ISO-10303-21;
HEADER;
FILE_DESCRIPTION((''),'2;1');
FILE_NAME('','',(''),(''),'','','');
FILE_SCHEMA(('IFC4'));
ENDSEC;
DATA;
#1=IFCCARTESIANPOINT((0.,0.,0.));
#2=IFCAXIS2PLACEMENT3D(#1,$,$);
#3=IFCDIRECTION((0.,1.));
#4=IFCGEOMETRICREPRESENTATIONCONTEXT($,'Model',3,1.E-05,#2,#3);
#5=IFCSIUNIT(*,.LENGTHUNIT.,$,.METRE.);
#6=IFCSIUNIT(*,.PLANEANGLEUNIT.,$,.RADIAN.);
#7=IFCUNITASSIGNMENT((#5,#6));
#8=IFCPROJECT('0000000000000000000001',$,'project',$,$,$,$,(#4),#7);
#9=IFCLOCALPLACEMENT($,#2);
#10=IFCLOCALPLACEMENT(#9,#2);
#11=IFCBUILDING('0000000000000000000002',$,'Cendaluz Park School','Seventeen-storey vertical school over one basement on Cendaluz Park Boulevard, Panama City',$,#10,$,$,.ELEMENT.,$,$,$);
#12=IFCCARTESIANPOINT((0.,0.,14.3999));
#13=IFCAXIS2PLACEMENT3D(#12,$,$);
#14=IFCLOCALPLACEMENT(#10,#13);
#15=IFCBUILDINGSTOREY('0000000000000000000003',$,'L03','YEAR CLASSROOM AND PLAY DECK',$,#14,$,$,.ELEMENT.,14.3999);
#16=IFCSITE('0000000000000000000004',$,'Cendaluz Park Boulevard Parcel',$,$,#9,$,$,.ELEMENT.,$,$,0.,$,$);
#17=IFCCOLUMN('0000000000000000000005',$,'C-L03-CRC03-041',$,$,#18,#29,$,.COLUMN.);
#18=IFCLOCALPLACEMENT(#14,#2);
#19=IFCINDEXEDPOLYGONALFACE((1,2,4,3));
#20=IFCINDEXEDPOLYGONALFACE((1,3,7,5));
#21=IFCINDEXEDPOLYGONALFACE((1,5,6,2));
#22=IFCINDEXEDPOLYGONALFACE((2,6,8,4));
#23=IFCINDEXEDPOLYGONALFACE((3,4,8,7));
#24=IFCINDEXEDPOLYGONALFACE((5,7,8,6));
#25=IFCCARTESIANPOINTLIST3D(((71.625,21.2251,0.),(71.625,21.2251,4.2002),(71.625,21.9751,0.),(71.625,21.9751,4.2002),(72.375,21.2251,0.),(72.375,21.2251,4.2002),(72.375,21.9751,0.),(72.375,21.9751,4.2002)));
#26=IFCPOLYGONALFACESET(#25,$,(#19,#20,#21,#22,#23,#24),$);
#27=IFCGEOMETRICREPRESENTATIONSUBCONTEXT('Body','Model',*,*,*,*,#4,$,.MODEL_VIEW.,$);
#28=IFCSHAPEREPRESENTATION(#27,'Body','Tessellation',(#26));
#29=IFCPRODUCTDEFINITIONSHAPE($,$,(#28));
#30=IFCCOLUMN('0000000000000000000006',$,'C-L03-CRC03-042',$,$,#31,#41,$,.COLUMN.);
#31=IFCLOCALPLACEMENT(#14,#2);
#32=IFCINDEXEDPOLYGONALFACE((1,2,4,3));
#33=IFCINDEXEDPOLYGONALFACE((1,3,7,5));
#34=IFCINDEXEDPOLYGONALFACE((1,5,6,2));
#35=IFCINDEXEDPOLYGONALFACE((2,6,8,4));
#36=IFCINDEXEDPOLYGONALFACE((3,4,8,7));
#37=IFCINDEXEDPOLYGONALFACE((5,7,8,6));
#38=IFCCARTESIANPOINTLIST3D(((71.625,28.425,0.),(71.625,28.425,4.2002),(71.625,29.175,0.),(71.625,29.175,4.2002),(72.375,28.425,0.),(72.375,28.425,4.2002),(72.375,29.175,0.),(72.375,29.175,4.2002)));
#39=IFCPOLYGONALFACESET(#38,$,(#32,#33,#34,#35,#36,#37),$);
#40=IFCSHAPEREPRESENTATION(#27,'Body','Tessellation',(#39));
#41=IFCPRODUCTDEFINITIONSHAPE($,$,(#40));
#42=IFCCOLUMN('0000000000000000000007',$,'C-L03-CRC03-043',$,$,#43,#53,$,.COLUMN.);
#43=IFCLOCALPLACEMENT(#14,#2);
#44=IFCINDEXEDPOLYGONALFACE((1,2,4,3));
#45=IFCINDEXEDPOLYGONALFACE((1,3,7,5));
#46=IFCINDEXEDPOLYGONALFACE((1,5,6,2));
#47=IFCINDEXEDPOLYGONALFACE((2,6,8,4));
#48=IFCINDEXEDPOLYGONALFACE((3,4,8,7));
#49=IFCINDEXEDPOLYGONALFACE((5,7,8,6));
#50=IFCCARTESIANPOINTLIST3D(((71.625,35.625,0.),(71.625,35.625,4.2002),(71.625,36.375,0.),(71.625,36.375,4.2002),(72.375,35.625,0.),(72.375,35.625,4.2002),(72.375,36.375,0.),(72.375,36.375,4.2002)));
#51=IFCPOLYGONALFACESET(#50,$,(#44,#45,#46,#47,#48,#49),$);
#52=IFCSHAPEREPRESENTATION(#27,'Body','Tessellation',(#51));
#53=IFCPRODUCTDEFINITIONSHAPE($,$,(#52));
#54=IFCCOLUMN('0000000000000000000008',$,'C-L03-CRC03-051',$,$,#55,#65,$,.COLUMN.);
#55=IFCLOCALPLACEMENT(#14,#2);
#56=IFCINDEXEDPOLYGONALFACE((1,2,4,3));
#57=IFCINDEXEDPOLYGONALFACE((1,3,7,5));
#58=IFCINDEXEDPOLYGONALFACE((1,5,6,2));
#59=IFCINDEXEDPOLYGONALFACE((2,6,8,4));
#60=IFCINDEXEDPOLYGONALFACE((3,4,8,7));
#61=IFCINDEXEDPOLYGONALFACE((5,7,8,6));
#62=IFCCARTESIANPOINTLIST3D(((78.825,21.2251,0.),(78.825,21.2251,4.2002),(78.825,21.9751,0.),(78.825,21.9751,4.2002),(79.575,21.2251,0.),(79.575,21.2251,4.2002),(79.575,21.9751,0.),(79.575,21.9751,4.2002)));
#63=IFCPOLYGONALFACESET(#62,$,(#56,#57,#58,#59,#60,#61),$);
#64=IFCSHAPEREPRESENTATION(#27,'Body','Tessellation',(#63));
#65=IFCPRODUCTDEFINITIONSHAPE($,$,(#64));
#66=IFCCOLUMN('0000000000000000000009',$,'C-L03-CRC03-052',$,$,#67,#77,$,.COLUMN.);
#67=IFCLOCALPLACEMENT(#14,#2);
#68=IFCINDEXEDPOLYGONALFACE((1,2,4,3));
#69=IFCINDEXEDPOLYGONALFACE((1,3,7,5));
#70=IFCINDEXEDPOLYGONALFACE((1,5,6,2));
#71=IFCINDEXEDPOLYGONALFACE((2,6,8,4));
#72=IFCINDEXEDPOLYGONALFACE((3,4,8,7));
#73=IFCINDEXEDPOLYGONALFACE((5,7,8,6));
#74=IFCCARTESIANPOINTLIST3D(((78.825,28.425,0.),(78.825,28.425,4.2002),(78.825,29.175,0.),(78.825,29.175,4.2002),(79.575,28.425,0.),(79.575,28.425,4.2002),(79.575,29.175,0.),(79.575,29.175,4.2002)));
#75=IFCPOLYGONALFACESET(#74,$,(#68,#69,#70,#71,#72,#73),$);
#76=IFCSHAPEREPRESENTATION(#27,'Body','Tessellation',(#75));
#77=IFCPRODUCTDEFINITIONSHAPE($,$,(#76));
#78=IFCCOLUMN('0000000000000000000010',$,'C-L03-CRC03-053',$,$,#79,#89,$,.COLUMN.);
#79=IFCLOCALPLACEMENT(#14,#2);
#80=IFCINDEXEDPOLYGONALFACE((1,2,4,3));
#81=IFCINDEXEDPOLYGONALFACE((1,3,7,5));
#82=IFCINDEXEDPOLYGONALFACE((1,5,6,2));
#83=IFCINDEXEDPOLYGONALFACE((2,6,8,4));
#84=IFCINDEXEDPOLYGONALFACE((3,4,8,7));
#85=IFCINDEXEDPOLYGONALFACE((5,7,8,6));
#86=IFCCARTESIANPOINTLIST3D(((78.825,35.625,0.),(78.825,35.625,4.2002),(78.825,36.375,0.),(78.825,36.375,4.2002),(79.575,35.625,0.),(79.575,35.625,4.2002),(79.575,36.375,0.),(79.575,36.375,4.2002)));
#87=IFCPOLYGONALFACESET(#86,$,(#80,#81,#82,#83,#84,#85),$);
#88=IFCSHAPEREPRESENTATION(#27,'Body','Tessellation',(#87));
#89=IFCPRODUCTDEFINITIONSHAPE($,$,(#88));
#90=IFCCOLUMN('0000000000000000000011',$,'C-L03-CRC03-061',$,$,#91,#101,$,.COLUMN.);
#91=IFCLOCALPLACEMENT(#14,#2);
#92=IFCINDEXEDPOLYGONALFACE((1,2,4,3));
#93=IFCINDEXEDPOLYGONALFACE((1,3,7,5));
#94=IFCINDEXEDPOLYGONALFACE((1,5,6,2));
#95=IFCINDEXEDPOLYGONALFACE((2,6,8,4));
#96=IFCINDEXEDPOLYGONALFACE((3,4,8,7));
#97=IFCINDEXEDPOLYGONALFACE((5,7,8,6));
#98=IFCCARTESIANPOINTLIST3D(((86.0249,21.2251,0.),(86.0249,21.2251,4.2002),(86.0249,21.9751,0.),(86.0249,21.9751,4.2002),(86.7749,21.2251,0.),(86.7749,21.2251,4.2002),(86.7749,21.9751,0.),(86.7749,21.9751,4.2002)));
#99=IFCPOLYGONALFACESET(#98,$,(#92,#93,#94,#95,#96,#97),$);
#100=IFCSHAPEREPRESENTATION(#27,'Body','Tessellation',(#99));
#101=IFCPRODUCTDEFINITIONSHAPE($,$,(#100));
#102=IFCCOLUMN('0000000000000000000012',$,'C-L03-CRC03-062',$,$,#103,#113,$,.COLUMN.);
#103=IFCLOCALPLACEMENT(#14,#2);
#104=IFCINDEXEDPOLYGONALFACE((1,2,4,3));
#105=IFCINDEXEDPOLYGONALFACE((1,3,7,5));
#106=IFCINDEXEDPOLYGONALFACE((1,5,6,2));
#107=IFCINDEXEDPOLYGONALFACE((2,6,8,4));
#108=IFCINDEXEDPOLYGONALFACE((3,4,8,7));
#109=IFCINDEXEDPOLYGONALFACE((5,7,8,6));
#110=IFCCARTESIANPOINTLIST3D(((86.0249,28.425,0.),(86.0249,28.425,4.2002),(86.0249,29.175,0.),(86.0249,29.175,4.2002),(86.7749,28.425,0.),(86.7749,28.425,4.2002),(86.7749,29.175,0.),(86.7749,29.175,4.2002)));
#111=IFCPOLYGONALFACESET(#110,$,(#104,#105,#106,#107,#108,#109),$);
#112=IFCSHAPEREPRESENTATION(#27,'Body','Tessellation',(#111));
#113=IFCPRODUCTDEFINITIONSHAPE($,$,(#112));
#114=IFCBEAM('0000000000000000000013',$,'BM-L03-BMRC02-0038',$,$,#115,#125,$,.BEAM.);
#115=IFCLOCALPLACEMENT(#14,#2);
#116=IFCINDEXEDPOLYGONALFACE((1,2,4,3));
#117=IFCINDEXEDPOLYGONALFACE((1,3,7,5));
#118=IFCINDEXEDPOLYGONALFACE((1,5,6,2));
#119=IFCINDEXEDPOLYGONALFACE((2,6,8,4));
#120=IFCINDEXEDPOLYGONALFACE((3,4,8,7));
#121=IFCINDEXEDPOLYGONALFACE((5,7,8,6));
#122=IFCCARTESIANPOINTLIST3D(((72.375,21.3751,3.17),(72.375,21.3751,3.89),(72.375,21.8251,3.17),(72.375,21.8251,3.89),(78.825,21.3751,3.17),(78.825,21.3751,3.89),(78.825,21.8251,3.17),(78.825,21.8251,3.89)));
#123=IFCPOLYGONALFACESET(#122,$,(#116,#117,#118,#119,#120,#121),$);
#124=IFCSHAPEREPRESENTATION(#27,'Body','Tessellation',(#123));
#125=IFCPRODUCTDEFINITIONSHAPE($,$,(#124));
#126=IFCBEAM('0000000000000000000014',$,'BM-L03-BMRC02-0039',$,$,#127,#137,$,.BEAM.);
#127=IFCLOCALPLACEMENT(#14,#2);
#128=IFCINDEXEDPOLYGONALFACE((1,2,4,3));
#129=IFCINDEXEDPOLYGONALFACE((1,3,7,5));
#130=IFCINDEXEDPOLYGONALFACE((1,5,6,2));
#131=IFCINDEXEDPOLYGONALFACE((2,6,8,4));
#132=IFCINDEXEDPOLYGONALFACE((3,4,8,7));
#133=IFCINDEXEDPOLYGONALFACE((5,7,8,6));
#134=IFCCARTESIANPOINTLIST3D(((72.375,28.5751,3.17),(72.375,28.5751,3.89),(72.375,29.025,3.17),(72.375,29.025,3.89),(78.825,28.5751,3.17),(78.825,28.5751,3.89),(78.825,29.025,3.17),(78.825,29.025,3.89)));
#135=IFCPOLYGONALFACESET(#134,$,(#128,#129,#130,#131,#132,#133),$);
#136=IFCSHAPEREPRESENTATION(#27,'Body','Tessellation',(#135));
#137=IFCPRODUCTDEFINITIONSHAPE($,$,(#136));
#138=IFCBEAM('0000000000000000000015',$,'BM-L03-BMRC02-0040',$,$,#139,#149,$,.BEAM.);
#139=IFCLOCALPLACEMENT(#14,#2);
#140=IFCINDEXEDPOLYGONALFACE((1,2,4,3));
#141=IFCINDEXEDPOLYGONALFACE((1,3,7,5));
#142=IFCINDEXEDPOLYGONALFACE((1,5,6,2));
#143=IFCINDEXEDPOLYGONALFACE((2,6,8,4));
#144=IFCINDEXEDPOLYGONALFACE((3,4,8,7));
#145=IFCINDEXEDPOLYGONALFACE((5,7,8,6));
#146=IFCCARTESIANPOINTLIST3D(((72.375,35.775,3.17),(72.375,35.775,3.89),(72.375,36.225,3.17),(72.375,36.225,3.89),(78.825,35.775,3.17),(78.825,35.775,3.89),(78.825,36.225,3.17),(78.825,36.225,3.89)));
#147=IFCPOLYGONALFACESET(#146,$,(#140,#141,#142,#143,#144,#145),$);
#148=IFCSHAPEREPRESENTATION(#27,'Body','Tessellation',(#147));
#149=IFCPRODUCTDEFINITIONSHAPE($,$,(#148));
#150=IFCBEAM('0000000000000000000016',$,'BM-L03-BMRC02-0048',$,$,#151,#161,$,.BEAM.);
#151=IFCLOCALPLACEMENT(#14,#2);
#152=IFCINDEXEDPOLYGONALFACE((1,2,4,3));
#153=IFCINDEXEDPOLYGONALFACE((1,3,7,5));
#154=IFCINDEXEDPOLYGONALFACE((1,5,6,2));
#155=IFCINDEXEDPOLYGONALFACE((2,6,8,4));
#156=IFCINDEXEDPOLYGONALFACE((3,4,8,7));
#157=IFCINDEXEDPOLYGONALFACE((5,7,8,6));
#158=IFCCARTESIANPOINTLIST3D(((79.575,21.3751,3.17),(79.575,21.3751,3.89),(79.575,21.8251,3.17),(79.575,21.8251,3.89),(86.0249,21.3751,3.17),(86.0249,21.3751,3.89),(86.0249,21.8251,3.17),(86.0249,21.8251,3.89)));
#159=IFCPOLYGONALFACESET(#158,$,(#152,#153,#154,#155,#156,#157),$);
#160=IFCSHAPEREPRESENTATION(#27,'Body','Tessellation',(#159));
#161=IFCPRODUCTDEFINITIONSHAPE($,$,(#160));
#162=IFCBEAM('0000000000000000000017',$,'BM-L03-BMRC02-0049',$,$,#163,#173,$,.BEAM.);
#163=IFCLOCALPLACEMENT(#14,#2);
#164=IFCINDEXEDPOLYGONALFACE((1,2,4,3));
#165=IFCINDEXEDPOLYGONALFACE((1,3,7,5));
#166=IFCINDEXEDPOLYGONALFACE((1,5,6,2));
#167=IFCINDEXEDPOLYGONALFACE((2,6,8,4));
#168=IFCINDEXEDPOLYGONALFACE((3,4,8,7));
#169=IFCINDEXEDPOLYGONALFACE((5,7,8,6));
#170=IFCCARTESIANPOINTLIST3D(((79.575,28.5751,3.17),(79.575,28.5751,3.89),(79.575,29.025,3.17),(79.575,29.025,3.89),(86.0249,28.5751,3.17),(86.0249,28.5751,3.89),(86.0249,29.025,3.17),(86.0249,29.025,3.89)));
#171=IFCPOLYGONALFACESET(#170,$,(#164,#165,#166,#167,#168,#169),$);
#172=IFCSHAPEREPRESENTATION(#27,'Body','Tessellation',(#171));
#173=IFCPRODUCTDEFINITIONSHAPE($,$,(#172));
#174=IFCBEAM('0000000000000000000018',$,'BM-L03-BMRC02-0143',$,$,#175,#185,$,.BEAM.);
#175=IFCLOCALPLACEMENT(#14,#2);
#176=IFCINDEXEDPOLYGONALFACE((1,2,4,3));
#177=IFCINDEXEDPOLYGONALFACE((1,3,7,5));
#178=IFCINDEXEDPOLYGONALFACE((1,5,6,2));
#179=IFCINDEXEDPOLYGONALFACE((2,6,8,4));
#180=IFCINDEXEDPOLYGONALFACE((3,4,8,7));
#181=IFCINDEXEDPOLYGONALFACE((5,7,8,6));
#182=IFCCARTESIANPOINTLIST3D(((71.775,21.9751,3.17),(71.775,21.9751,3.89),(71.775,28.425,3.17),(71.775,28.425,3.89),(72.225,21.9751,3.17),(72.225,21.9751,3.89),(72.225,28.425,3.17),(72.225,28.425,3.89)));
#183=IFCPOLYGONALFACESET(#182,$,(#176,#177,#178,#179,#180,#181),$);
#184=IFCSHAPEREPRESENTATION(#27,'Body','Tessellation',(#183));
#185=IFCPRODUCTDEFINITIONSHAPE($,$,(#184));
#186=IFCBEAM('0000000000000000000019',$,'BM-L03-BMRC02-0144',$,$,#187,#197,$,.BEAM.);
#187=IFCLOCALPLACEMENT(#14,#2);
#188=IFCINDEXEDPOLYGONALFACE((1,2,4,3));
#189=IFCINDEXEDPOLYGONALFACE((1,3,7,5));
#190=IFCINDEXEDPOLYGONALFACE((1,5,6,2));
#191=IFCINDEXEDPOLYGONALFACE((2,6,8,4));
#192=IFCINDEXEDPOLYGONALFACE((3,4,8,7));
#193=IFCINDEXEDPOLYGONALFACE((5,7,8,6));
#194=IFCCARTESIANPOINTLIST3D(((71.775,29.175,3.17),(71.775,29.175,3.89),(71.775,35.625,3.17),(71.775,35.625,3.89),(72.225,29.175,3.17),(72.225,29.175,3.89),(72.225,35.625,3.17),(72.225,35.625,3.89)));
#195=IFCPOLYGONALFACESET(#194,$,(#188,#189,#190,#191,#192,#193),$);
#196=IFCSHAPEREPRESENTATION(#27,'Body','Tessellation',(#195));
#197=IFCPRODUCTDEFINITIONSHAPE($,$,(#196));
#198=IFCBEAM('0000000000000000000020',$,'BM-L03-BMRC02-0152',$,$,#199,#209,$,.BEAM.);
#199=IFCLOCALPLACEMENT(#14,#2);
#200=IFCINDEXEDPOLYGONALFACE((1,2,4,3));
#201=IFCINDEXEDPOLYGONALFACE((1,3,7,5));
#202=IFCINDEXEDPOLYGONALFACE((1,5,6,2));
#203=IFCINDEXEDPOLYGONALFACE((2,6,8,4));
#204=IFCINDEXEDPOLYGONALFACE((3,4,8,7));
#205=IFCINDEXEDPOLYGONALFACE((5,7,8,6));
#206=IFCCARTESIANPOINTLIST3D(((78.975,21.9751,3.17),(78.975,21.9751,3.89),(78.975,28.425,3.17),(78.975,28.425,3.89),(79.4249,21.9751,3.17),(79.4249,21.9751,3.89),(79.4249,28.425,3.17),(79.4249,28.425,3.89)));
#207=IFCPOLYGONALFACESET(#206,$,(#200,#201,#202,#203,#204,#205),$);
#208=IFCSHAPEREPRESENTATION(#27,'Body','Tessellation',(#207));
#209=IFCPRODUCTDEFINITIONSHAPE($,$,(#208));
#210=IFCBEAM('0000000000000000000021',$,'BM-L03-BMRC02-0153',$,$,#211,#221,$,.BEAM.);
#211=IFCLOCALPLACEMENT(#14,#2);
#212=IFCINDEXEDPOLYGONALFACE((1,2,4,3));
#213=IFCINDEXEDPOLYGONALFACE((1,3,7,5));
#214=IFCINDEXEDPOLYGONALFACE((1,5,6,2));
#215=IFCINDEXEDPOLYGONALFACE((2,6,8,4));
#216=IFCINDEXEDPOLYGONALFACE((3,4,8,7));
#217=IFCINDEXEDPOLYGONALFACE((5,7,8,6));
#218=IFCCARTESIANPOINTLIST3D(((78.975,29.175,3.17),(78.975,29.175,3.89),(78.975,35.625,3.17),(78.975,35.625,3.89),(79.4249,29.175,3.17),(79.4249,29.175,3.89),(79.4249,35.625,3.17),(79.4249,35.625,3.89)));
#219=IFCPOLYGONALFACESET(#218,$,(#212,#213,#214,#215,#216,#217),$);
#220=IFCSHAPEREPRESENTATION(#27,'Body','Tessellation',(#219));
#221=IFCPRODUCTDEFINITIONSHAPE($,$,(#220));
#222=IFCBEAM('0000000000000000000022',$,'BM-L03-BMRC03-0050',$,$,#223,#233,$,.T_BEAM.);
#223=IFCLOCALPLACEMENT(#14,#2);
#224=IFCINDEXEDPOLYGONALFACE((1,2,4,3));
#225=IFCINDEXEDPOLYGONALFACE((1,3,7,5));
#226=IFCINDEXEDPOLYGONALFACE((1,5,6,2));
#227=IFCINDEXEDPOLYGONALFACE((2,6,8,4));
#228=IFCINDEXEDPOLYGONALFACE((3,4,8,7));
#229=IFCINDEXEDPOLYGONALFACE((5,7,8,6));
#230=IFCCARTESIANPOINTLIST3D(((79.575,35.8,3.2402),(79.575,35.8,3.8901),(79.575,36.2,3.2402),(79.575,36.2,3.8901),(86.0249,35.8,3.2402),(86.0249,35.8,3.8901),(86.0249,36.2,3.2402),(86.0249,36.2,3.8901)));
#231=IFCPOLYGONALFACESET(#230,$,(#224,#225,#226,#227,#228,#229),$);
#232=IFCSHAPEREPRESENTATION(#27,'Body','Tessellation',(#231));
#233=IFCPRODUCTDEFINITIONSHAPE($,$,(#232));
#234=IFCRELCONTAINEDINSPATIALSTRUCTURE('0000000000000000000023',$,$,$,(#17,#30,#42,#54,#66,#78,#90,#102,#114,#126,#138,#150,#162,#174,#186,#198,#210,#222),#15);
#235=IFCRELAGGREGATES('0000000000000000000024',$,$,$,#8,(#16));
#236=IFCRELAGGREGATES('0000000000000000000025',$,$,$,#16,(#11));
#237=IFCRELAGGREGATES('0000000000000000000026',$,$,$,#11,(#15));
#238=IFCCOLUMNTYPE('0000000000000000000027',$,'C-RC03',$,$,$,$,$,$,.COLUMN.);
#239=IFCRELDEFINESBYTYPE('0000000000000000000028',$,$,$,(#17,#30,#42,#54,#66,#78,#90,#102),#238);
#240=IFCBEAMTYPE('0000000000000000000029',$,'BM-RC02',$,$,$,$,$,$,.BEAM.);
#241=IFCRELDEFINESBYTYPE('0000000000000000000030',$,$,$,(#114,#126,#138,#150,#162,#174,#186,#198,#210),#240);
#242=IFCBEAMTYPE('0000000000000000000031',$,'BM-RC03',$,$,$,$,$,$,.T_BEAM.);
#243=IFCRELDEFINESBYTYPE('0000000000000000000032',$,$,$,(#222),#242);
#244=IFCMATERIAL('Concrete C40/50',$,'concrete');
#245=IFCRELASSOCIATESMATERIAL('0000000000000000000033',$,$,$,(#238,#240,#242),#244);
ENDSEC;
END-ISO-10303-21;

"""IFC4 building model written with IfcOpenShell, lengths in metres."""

from ifc_helpers import new_model, si_unit, direction, frame, origin, origin_2d, place, context, subcontext, project, spatial, rectangle, extrude, material, material_profile, profile_set, type_object, element, save


model = new_model("IFC4")

# Units and contexts
model_context = context("Model", 3, precision=1e-05, world=origin(), true_north=direction((0.0, 1.0)))
body_context = subcontext(model_context, "Body", "Model", "MODEL_VIEW")
ifc_project = project(units=[si_unit("LENGTHUNIT", "METRE"), si_unit("PLANEANGLEUNIT", "RADIAN")], contexts=[model_context])

# Site, building, storey
site_placement = place(None, origin())
site = spatial("IfcSite", under=ifc_project, at=site_placement, Name="Cendaluz Park Boulevard Parcel", CompositionType="ELEMENT", RefElevation=0.0)
building_placement = place(site_placement, origin())
building = spatial("IfcBuilding", under=site, at=building_placement, Name="Cendaluz Park School", Description="Seventeen-storey vertical school over one basement on Cendaluz Park Boulevard, Panama City", CompositionType="ELEMENT")
storey_placement = place(building_placement, frame((0.0, 0.0, 14.3999)))
storey = spatial("IfcBuildingStorey", under=building, at=storey_placement, Name="L03", Description="YEAR CLASSROOM AND PLAY DECK", CompositionType="ELEMENT", Elevation=14.3999)

# Columns
ifc_material_1 = material(Name="Concrete C40/50", Category="concrete")
ifc_material_profile_1 = material_profile(ifc_material_1, rectangle(XDim=0.75, YDim=0.75, at=origin_2d()), Name="RC 750x750", Category="concrete")
ifc_profile_set_1 = profile_set([ifc_material_profile_1], Name="Concrete C40/50")
column_type = type_object("IfcColumnType", Name="C-RC03", PredefinedType="COLUMN", material=ifc_profile_set_1)
for number, where, z_axis, x_axis, name in (
    (1, (72.0, 21.6001, 0.0), (0.0, 0.0, 1.0), (1.0, 0.0, 0.0), "C-L03-CRC03-041"),
    (2, (72.0, 28.8, 0.0), (0.0, 0.0, 1.0), (1.0, 0.0, 0.0), "C-L03-CRC03-042"),
    (3, (72.0, 36.0, 0.0), (0.0, 0.0, 1.0), (1.0, 0.0, 0.0), "C-L03-CRC03-043"),
    (4, (79.2, 21.6001, 0.0), (0.0, 0.0, 1.0), (1.0, 0.0, 0.0), "C-L03-CRC03-051"),
    (5, (79.2, 28.8, 0.0), (0.0, 0.0, 1.0), (1.0, 0.0, 0.0), "C-L03-CRC03-052"),
    (6, (79.2, 36.0, 0.0), (0.0, 0.0, 1.0), (1.0, 0.0, 0.0), "C-L03-CRC03-053"),
    (7, (86.3999, 21.6001, 0.0), (0.0, 0.0, 1.0), (1.0, 0.0, 0.0), "C-L03-CRC03-061"),
    (8, (86.3999, 28.8, 0.0), (0.0, 0.0, 1.0), (1.0, 0.0, 0.0), "C-L03-CRC03-062"),
):
    element("IfcColumn", number, at=place(storey_placement, frame(where, z_axis=z_axis, x_axis=x_axis)), inside=storey, type_object=column_type, Name=name, PredefinedType="COLUMN", context=body_context, shape_type="SweptSolid", body=[
        extrude(rectangle(XDim=0.75, YDim=0.75, at=origin_2d()), origin(), (0.0, 0.0, 1.0), 4.2002),
    ])

# Beams
ifc_material_profile_2 = material_profile(ifc_material_1, rectangle(XDim=0.45, YDim=0.72, at=origin_2d()), Name="RC 450x720", Category="concrete")
ifc_profile_set_2 = profile_set([ifc_material_profile_2], Name="Concrete C40/50")
beam_type_1 = type_object("IfcBeamType", Name="BM-RC02", PredefinedType="BEAM", material=ifc_profile_set_2)
for number, where, z_axis, x_axis, name in (
    (9, (72.375, 21.6001, 3.53), (1.0, 0.0, 0.0), (0.0, 1.0, 0.0), "BM-L03-BMRC02-0038"),
    (10, (72.375, 28.8, 3.53), (1.0, 0.0, 0.0), (0.0, 1.0, 0.0), "BM-L03-BMRC02-0039"),
    (11, (72.375, 36.0, 3.53), (1.0, 0.0, 0.0), (0.0, 1.0, 0.0), "BM-L03-BMRC02-0040"),
    (12, (79.575, 21.6001, 3.53), (1.0, 0.0, 0.0), (0.0, 1.0, 0.0), "BM-L03-BMRC02-0048"),
    (13, (79.575, 28.8, 3.53), (1.0, 0.0, 0.0), (0.0, 1.0, 0.0), "BM-L03-BMRC02-0049"),
    (14, (72.0, 21.9751, 3.53), (0.0, 1.0, 0.0), (-1.0, 0.0, 0.0), "BM-L03-BMRC02-0143"),
    (15, (72.0, 29.175, 3.53), (0.0, 1.0, 0.0), (-1.0, 0.0, 0.0), "BM-L03-BMRC02-0144"),
    (16, (79.2, 21.9751, 3.53), (0.0, 1.0, 0.0), (-1.0, 0.0, 0.0), "BM-L03-BMRC02-0152"),
    (17, (79.2, 29.175, 3.53), (0.0, 1.0, 0.0), (-1.0, 0.0, 0.0), "BM-L03-BMRC02-0153"),
):
    element("IfcBeam", number, at=place(storey_placement, frame(where, z_axis=z_axis, x_axis=x_axis)), inside=storey, type_object=beam_type_1, Name=name, PredefinedType="BEAM", context=body_context, shape_type="SweptSolid", body=[
        extrude(rectangle(XDim=0.45, YDim=0.72, at=origin_2d()), origin(), (0.0, 0.0, 1.0), 6.45),
    ])
ifc_material_profile_3 = material_profile(ifc_material_1, rectangle(XDim=0.3999, YDim=0.6499, at=origin_2d()), Name="RC 400x650", Category="concrete")
ifc_profile_set_3 = profile_set([ifc_material_profile_3], Name="Concrete C40/50")
beam_type_2 = type_object("IfcBeamType", Name="BM-RC03", PredefinedType="T_BEAM", material=ifc_profile_set_3)
beam_placement = place(storey_placement, frame((79.575, 36.0, 3.5652), z_axis=(1.0, 0.0, 0.0), x_axis=(0.0, 1.0, 0.0)))
element("IfcBeam", 18, at=beam_placement, inside=storey, type_object=beam_type_2, Name="BM-L03-BMRC03-0050", PredefinedType="T_BEAM", context=body_context, shape_type="SweptSolid", body=[
    extrude(rectangle(XDim=0.3999, YDim=0.6499, at=origin_2d()), origin(), (0.0, 0.0, 1.0), 6.45),
])

save(model, "model.ifc")
